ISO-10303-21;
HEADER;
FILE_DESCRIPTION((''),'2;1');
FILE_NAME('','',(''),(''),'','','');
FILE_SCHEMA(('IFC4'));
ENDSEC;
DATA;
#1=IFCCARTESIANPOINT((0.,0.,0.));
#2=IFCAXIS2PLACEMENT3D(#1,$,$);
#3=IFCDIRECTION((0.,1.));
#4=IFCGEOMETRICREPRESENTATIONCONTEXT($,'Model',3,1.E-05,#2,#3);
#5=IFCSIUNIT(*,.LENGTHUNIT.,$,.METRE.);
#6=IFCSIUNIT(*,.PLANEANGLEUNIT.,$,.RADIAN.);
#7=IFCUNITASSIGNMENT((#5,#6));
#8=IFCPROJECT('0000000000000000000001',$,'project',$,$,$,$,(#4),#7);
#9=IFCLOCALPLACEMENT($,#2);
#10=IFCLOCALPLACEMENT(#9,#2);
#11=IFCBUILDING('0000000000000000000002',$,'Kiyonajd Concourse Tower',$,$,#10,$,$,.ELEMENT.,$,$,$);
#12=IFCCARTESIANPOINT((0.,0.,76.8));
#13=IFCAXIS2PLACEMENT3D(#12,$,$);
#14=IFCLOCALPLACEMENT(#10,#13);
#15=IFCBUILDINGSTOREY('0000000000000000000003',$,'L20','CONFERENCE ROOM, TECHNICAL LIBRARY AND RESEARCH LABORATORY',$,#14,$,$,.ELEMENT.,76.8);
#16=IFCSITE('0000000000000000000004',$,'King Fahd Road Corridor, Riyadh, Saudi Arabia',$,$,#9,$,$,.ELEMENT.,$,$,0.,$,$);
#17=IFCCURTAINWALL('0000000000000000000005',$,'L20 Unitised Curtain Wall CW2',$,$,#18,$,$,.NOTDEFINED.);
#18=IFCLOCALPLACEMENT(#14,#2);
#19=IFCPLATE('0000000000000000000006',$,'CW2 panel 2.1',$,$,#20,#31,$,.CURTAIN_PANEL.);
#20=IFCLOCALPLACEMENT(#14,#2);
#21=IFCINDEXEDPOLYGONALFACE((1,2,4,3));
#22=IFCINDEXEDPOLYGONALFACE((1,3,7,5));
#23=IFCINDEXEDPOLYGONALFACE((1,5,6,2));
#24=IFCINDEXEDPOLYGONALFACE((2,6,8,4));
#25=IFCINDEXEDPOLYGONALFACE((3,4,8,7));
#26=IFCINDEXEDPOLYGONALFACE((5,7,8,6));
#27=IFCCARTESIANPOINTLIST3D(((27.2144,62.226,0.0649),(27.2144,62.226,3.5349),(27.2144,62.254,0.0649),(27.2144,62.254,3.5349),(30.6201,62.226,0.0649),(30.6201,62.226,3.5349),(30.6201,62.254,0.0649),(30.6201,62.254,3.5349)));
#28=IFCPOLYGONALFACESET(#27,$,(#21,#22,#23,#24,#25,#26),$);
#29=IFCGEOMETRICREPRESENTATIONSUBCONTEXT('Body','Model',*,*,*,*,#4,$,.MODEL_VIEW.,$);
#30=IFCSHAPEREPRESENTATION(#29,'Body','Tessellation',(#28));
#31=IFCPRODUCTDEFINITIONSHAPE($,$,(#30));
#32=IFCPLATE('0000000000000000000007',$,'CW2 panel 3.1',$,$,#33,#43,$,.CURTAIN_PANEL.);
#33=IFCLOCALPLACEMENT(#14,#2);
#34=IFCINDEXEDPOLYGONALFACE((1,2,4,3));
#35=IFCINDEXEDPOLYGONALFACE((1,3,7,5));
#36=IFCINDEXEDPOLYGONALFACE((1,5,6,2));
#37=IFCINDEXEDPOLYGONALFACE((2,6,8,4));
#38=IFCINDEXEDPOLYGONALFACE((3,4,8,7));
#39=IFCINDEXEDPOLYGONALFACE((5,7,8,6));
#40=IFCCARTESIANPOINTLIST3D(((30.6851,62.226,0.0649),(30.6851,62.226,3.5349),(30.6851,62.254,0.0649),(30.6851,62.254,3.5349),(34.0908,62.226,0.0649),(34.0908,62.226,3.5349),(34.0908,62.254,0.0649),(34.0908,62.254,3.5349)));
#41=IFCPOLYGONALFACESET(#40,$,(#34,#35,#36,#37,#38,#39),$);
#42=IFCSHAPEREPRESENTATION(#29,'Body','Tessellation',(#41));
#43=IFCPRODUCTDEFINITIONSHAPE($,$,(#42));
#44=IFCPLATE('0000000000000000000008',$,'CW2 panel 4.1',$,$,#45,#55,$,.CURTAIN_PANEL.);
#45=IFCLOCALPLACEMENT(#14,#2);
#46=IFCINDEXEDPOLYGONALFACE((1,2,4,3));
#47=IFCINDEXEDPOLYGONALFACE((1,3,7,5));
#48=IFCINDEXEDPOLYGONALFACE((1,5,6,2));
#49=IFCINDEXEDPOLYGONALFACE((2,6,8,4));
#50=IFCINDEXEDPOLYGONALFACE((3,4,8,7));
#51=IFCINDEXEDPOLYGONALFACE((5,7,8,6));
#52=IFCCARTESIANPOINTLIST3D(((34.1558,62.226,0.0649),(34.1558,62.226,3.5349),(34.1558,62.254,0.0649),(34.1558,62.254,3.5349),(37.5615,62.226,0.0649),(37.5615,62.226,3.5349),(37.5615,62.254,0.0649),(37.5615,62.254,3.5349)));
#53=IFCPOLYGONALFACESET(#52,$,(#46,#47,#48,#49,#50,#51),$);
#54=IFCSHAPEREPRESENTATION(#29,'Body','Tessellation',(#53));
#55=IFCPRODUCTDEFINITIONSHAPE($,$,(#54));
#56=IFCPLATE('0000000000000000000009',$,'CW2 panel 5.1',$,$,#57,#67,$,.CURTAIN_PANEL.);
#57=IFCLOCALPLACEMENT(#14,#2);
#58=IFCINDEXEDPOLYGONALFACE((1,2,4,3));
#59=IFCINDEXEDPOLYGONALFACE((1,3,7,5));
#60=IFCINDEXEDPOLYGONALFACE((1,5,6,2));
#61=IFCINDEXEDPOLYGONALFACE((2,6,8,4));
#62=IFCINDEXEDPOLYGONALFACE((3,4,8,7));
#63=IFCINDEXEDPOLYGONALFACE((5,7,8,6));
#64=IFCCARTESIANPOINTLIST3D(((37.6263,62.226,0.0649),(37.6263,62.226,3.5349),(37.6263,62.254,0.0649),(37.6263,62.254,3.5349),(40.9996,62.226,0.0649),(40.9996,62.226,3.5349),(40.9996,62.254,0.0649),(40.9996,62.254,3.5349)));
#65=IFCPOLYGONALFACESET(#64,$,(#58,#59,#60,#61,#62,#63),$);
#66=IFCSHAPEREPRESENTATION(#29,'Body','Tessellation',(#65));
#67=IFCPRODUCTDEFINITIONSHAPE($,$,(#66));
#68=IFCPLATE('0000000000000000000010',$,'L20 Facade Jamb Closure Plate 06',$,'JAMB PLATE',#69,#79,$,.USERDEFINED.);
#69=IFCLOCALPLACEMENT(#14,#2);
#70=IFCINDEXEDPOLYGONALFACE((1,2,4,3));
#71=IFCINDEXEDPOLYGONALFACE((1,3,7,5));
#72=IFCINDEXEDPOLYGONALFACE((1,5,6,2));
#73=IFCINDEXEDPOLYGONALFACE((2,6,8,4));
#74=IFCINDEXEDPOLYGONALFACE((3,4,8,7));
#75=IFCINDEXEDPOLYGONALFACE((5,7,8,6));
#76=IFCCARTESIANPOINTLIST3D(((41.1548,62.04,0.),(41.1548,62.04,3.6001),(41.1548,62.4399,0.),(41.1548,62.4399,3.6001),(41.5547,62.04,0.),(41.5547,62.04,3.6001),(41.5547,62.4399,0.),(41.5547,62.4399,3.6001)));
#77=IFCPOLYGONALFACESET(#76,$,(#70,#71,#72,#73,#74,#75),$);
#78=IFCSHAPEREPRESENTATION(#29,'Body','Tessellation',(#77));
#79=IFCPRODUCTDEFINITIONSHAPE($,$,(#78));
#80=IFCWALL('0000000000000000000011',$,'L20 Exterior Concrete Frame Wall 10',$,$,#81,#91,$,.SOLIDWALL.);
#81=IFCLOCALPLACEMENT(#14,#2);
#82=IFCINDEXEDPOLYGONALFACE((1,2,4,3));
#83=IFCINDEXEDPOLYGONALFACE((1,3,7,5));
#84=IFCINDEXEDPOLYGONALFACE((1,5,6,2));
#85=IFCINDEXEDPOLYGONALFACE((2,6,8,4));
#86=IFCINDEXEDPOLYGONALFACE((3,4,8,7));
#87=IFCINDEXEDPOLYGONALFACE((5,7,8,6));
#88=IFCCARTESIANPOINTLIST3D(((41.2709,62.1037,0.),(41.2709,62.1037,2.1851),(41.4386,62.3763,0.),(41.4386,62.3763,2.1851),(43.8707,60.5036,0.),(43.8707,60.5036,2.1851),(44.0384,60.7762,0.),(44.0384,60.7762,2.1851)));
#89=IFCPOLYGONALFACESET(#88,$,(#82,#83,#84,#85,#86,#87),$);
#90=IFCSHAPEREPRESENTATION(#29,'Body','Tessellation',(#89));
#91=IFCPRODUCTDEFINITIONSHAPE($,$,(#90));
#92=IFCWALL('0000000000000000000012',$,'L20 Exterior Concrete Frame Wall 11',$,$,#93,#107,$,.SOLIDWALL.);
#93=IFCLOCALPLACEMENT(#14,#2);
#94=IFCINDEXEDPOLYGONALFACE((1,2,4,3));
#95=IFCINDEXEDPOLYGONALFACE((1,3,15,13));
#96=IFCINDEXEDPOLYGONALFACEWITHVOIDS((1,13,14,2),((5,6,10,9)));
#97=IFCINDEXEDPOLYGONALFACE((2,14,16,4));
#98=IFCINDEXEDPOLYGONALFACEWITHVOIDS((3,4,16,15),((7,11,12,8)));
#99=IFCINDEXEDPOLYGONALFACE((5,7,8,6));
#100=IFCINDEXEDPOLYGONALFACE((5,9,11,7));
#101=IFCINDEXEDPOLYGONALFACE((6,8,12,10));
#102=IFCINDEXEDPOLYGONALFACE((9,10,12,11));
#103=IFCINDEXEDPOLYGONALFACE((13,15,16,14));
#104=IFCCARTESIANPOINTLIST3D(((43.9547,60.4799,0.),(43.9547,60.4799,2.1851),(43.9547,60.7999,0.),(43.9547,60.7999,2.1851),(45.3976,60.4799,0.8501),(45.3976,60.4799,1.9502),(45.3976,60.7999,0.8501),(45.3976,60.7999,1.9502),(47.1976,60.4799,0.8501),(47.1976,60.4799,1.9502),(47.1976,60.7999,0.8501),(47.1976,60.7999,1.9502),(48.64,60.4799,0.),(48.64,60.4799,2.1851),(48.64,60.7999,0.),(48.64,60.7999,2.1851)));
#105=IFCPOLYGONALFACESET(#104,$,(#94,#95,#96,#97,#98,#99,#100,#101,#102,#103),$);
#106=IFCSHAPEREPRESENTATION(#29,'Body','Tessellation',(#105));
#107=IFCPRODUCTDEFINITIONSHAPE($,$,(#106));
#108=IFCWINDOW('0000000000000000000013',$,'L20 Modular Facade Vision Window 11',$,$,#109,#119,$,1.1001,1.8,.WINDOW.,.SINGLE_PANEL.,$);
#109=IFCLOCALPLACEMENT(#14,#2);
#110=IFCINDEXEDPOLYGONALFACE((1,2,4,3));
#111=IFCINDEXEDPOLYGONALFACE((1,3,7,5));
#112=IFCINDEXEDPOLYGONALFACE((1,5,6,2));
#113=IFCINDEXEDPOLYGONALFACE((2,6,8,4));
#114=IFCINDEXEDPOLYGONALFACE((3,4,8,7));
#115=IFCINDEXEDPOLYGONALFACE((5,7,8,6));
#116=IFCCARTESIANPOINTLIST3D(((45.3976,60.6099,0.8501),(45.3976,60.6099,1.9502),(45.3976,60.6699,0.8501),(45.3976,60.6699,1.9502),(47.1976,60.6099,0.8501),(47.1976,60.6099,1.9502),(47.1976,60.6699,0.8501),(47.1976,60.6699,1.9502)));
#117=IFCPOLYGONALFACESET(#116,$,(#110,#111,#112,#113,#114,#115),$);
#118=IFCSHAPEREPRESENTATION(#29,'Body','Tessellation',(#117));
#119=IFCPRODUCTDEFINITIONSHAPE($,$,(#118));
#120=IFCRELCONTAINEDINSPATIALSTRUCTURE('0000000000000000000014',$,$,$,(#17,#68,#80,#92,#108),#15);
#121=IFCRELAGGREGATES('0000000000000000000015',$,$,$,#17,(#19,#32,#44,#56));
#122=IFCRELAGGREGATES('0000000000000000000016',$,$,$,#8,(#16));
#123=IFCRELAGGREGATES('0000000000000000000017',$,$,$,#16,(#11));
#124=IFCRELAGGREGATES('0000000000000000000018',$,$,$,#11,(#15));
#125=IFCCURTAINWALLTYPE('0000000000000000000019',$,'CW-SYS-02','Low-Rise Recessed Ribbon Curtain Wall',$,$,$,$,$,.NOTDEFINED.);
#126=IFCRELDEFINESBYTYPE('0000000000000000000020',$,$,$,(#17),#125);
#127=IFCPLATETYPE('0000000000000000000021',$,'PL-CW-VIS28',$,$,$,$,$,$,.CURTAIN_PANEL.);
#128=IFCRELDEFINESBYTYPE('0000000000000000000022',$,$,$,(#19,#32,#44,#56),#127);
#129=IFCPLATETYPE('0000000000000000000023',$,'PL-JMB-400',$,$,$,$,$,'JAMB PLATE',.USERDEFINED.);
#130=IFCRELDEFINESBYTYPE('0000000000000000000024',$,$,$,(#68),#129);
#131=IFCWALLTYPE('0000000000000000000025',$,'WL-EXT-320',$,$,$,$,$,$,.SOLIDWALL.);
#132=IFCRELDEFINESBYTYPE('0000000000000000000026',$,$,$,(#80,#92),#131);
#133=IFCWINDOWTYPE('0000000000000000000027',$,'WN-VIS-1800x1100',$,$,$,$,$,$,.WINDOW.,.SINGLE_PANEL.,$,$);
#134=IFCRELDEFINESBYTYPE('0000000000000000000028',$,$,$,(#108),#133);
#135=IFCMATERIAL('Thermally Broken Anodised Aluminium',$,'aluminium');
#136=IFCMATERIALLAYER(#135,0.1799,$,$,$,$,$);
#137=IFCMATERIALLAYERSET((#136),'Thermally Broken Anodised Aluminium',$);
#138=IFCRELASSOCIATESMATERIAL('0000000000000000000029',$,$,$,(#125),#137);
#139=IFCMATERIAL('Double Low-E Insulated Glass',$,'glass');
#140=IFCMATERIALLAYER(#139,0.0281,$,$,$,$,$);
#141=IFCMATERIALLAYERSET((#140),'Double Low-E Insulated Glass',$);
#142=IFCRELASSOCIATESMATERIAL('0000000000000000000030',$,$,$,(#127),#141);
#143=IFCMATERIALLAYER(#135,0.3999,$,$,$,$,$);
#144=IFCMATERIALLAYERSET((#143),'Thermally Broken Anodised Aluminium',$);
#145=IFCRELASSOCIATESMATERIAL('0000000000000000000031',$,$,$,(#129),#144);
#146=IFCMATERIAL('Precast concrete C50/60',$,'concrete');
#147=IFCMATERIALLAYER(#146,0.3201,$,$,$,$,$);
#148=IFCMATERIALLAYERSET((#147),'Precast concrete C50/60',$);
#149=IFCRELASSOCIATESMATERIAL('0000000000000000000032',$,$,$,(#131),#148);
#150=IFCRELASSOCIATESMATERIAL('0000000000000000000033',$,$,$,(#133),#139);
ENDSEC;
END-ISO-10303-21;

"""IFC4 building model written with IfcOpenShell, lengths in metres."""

from ifc_helpers import new_model, si_unit, direction, frame, frame_2d, origin, origin_2d, place, context, subcontext, project, spatial, rectangle, extrude, material, layer, layer_set, type_object, element, fill, aggregate, save


model = new_model("IFC4")

# Units and contexts
model_context = context("Model", 3, precision=1e-05, world=origin(), true_north=direction((0.0, 1.0)))
body_context = subcontext(model_context, "Body", "Model", "MODEL_VIEW")
ifc_project = project(units=[si_unit("LENGTHUNIT", "METRE"), si_unit("PLANEANGLEUNIT", "RADIAN")], contexts=[model_context])

# Site, building, storey
site_placement = place(None, origin())
site = spatial("IfcSite", under=ifc_project, at=site_placement, Name="King Fahd Road Corridor, Riyadh, Saudi Arabia", CompositionType="ELEMENT", RefElevation=0.0)
building_placement = place(site_placement, origin())
building = spatial("IfcBuilding", under=site, at=building_placement, Name="Kiyonajd Concourse Tower", CompositionType="ELEMENT")
storey_placement = place(building_placement, frame((0.0, 0.0, 76.8)))
storey = spatial("IfcBuildingStorey", under=building, at=storey_placement, Name="L20", Description="CONFERENCE ROOM, TECHNICAL LIBRARY AND RESEARCH LABORATORY", CompositionType="ELEMENT", Elevation=76.8)

# Curtain wall
ifc_material_1 = material(Name="Thermally Broken Anodised Aluminium", Category="aluminium")
ifc_layer_1 = layer(ifc_material_1, 0.1799)
ifc_layer_set_1 = layer_set([ifc_layer_1], Name="Thermally Broken Anodised Aluminium")
curtain_wall_type = type_object("IfcCurtainWallType", Name="CW-SYS-02", Description="Low-Rise Recessed Ribbon Curtain Wall", PredefinedType="NOTDEFINED", material=ifc_layer_set_1)
curtain_wall_placement = place(storey_placement, origin())
curtain_wall = element("IfcCurtainWall", 1, at=curtain_wall_placement, inside=storey, type_object=curtain_wall_type, Name="L20 Unitised Curtain Wall CW2", PredefinedType="NOTDEFINED")

# Plates
ifc_material_2 = material(Name="Double Low-E Insulated Glass", Category="glass")
ifc_layer_2 = layer(ifc_material_2, 0.0281)
ifc_layer_set_2 = layer_set([ifc_layer_2], Name="Double Low-E Insulated Glass")
plate_type_1 = type_object("IfcPlateType", Name="PL-CW-VIS28", PredefinedType="CURTAIN_PANEL", material=ifc_layer_set_2)
plate_1_placement = place(storey_placement, frame((28.9172, 62.24, 0.0649), z_axis=(0.0, 0.0, 1.0), x_axis=(1.0, 0.0, 0.0)))
plate_1 = element("IfcPlate", 2, at=plate_1_placement, type_object=plate_type_1, Name="CW2 panel 2.1", PredefinedType="CURTAIN_PANEL", context=body_context, shape_type="SweptSolid", body=[
    extrude(rectangle(XDim=3.4058, YDim=0.0281, at=origin_2d()), origin(), (0.0, 0.0, 1.0), 3.47),
])
plate_2_placement = place(storey_placement, frame((32.3879, 62.24, 0.0649), z_axis=(0.0, 0.0, 1.0), x_axis=(1.0, 0.0, 0.0)))
plate_2 = element("IfcPlate", 3, at=plate_2_placement, type_object=plate_type_1, Name="CW2 panel 3.1", PredefinedType="CURTAIN_PANEL", context=body_context, shape_type="SweptSolid", body=[
    extrude(rectangle(XDim=3.4058, YDim=0.0281, at=origin_2d()), origin(), (0.0, 0.0, 1.0), 3.47),
])
plate_3_placement = place(storey_placement, frame((35.8586, 62.24, 0.0649), z_axis=(0.0, 0.0, 1.0), x_axis=(1.0, 0.0, 0.0)))
plate_3 = element("IfcPlate", 4, at=plate_3_placement, type_object=plate_type_1, Name="CW2 panel 4.1", PredefinedType="CURTAIN_PANEL", context=body_context, shape_type="SweptSolid", body=[
    extrude(rectangle(XDim=3.4058, YDim=0.0281, at=origin_2d()), origin(), (0.0, 0.0, 1.0), 3.47),
])
plate_4_placement = place(storey_placement, frame((39.313, 62.24, 0.0649), z_axis=(0.0, 0.0, 1.0), x_axis=(1.0, 0.0, 0.0)))
plate_4 = element("IfcPlate", 5, at=plate_4_placement, type_object=plate_type_1, Name="CW2 panel 5.1", PredefinedType="CURTAIN_PANEL", context=body_context, shape_type="SweptSolid", body=[
    extrude(rectangle(XDim=3.3733, YDim=0.0281, at=origin_2d()), origin(), (0.0, 0.0, 1.0), 3.47),
])
aggregate(curtain_wall, [plate_1, plate_2, plate_3, plate_4])
ifc_layer_3 = layer(ifc_material_1, 0.3999)
ifc_layer_set_3 = layer_set([ifc_layer_3], Name="Thermally Broken Anodised Aluminium")
plate_type_2 = type_object("IfcPlateType", Name="PL-JMB-400", ElementType="JAMB PLATE", PredefinedType="USERDEFINED", material=ifc_layer_set_3)
plate_5_placement = place(storey_placement, frame((41.3547, 62.24, 0.0), z_axis=(0.0, 0.0, 1.0), x_axis=(1.0, 0.0, 0.0)))
element("IfcPlate", 6, at=plate_5_placement, inside=storey, type_object=plate_type_2, Name="L20 Facade Jamb Closure Plate 06", ObjectType="JAMB PLATE", PredefinedType="USERDEFINED", context=body_context, shape_type="SweptSolid", body=[
    extrude(rectangle(XDim=0.3999, YDim=0.3999, at=origin_2d()), origin(), (0.0, 0.0, 1.0), 3.6001),
])

# Wall
ifc_material_3 = material(Name="Precast concrete C50/60", Category="concrete")
ifc_layer_4 = layer(ifc_material_3, 0.3201)
ifc_layer_set_4 = layer_set([ifc_layer_4], Name="Precast concrete C50/60")
wall_type = type_object("IfcWallType", Name="WL-EXT-320", PredefinedType="SOLIDWALL", material=ifc_layer_set_4)
wall_1_placement = place(storey_placement, frame((41.3547, 62.24, 0.0), z_axis=(0.0, 0.0, 1.0), x_axis=(0.851631, -0.524142, 0.0)))
element("IfcWall", 7, at=wall_1_placement, inside=storey, type_object=wall_type, Name="L20 Exterior Concrete Frame Wall 10", PredefinedType="SOLIDWALL", context=body_context, shape_type="SweptSolid", body=[
    extrude(rectangle(XDim=3.0527, YDim=0.3201, at=frame_2d((1.5264, 0.0))), origin(), (0.0, 0.0, 1.0), 2.1851),
])

# Wall, opening, window
wall_2_placement = place(storey_placement, frame((43.9546, 60.6399, 0.0), z_axis=(0.0, 0.0, 1.0), x_axis=(1.0, 0.0, 0.0)))
wall_2 = element("IfcWall", 8, at=wall_2_placement, inside=storey, type_object=wall_type, Name="L20 Exterior Concrete Frame Wall 11", PredefinedType="SOLIDWALL", context=body_context, shape_type="SweptSolid", body=[
    extrude(rectangle(XDim=4.6853, YDim=0.3201, at=frame_2d((2.3428, 0.0))), origin(), (0.0, 0.0, 1.0), 2.1851),
])
opening_placement = place(wall_2_placement, frame((1.4431, 0.0, 0.8501)))
opening = element("IfcOpeningElement", 9, at=opening_placement, cuts=wall_2, PredefinedType="OPENING", context=body_context, shape_type="SweptSolid", body=[
    extrude(rectangle(XDim=1.8, YDim=1.1001, at=frame_2d((0.8999, 0.55))), frame((0.0, 0.1699, 0.0), z_axis=(0.0, -1.0, 0.0), x_axis=(1.0, 0.0, 0.0)), (0.0, 0.0, 1.0), 0.3401),
])
window_type = type_object("IfcWindowType", Name="WN-VIS-1800x1100", PartitioningType="SINGLE_PANEL", PredefinedType="WINDOW", material=ifc_material_2)
window_placement = place(opening_placement, origin())
window = element("IfcWindow", 10, at=window_placement, inside=storey, type_object=window_type, Name="L20 Modular Facade Vision Window 11", OverallHeight=1.1001, OverallWidth=1.8, PartitioningType="SINGLE_PANEL", PredefinedType="WINDOW", context=body_context, shape_type="SweptSolid", body=[
    extrude(rectangle(XDim=1.8, YDim=1.1001, at=frame_2d((0.8999, 0.55))), frame((0.0, 0.03, 0.0), z_axis=(0.0, -1.0, 0.0), x_axis=(1.0, 0.0, 0.0)), (0.0, 0.0, 1.0), 0.0601),
])
fill(opening, window)

save(model, "model.ifc")
